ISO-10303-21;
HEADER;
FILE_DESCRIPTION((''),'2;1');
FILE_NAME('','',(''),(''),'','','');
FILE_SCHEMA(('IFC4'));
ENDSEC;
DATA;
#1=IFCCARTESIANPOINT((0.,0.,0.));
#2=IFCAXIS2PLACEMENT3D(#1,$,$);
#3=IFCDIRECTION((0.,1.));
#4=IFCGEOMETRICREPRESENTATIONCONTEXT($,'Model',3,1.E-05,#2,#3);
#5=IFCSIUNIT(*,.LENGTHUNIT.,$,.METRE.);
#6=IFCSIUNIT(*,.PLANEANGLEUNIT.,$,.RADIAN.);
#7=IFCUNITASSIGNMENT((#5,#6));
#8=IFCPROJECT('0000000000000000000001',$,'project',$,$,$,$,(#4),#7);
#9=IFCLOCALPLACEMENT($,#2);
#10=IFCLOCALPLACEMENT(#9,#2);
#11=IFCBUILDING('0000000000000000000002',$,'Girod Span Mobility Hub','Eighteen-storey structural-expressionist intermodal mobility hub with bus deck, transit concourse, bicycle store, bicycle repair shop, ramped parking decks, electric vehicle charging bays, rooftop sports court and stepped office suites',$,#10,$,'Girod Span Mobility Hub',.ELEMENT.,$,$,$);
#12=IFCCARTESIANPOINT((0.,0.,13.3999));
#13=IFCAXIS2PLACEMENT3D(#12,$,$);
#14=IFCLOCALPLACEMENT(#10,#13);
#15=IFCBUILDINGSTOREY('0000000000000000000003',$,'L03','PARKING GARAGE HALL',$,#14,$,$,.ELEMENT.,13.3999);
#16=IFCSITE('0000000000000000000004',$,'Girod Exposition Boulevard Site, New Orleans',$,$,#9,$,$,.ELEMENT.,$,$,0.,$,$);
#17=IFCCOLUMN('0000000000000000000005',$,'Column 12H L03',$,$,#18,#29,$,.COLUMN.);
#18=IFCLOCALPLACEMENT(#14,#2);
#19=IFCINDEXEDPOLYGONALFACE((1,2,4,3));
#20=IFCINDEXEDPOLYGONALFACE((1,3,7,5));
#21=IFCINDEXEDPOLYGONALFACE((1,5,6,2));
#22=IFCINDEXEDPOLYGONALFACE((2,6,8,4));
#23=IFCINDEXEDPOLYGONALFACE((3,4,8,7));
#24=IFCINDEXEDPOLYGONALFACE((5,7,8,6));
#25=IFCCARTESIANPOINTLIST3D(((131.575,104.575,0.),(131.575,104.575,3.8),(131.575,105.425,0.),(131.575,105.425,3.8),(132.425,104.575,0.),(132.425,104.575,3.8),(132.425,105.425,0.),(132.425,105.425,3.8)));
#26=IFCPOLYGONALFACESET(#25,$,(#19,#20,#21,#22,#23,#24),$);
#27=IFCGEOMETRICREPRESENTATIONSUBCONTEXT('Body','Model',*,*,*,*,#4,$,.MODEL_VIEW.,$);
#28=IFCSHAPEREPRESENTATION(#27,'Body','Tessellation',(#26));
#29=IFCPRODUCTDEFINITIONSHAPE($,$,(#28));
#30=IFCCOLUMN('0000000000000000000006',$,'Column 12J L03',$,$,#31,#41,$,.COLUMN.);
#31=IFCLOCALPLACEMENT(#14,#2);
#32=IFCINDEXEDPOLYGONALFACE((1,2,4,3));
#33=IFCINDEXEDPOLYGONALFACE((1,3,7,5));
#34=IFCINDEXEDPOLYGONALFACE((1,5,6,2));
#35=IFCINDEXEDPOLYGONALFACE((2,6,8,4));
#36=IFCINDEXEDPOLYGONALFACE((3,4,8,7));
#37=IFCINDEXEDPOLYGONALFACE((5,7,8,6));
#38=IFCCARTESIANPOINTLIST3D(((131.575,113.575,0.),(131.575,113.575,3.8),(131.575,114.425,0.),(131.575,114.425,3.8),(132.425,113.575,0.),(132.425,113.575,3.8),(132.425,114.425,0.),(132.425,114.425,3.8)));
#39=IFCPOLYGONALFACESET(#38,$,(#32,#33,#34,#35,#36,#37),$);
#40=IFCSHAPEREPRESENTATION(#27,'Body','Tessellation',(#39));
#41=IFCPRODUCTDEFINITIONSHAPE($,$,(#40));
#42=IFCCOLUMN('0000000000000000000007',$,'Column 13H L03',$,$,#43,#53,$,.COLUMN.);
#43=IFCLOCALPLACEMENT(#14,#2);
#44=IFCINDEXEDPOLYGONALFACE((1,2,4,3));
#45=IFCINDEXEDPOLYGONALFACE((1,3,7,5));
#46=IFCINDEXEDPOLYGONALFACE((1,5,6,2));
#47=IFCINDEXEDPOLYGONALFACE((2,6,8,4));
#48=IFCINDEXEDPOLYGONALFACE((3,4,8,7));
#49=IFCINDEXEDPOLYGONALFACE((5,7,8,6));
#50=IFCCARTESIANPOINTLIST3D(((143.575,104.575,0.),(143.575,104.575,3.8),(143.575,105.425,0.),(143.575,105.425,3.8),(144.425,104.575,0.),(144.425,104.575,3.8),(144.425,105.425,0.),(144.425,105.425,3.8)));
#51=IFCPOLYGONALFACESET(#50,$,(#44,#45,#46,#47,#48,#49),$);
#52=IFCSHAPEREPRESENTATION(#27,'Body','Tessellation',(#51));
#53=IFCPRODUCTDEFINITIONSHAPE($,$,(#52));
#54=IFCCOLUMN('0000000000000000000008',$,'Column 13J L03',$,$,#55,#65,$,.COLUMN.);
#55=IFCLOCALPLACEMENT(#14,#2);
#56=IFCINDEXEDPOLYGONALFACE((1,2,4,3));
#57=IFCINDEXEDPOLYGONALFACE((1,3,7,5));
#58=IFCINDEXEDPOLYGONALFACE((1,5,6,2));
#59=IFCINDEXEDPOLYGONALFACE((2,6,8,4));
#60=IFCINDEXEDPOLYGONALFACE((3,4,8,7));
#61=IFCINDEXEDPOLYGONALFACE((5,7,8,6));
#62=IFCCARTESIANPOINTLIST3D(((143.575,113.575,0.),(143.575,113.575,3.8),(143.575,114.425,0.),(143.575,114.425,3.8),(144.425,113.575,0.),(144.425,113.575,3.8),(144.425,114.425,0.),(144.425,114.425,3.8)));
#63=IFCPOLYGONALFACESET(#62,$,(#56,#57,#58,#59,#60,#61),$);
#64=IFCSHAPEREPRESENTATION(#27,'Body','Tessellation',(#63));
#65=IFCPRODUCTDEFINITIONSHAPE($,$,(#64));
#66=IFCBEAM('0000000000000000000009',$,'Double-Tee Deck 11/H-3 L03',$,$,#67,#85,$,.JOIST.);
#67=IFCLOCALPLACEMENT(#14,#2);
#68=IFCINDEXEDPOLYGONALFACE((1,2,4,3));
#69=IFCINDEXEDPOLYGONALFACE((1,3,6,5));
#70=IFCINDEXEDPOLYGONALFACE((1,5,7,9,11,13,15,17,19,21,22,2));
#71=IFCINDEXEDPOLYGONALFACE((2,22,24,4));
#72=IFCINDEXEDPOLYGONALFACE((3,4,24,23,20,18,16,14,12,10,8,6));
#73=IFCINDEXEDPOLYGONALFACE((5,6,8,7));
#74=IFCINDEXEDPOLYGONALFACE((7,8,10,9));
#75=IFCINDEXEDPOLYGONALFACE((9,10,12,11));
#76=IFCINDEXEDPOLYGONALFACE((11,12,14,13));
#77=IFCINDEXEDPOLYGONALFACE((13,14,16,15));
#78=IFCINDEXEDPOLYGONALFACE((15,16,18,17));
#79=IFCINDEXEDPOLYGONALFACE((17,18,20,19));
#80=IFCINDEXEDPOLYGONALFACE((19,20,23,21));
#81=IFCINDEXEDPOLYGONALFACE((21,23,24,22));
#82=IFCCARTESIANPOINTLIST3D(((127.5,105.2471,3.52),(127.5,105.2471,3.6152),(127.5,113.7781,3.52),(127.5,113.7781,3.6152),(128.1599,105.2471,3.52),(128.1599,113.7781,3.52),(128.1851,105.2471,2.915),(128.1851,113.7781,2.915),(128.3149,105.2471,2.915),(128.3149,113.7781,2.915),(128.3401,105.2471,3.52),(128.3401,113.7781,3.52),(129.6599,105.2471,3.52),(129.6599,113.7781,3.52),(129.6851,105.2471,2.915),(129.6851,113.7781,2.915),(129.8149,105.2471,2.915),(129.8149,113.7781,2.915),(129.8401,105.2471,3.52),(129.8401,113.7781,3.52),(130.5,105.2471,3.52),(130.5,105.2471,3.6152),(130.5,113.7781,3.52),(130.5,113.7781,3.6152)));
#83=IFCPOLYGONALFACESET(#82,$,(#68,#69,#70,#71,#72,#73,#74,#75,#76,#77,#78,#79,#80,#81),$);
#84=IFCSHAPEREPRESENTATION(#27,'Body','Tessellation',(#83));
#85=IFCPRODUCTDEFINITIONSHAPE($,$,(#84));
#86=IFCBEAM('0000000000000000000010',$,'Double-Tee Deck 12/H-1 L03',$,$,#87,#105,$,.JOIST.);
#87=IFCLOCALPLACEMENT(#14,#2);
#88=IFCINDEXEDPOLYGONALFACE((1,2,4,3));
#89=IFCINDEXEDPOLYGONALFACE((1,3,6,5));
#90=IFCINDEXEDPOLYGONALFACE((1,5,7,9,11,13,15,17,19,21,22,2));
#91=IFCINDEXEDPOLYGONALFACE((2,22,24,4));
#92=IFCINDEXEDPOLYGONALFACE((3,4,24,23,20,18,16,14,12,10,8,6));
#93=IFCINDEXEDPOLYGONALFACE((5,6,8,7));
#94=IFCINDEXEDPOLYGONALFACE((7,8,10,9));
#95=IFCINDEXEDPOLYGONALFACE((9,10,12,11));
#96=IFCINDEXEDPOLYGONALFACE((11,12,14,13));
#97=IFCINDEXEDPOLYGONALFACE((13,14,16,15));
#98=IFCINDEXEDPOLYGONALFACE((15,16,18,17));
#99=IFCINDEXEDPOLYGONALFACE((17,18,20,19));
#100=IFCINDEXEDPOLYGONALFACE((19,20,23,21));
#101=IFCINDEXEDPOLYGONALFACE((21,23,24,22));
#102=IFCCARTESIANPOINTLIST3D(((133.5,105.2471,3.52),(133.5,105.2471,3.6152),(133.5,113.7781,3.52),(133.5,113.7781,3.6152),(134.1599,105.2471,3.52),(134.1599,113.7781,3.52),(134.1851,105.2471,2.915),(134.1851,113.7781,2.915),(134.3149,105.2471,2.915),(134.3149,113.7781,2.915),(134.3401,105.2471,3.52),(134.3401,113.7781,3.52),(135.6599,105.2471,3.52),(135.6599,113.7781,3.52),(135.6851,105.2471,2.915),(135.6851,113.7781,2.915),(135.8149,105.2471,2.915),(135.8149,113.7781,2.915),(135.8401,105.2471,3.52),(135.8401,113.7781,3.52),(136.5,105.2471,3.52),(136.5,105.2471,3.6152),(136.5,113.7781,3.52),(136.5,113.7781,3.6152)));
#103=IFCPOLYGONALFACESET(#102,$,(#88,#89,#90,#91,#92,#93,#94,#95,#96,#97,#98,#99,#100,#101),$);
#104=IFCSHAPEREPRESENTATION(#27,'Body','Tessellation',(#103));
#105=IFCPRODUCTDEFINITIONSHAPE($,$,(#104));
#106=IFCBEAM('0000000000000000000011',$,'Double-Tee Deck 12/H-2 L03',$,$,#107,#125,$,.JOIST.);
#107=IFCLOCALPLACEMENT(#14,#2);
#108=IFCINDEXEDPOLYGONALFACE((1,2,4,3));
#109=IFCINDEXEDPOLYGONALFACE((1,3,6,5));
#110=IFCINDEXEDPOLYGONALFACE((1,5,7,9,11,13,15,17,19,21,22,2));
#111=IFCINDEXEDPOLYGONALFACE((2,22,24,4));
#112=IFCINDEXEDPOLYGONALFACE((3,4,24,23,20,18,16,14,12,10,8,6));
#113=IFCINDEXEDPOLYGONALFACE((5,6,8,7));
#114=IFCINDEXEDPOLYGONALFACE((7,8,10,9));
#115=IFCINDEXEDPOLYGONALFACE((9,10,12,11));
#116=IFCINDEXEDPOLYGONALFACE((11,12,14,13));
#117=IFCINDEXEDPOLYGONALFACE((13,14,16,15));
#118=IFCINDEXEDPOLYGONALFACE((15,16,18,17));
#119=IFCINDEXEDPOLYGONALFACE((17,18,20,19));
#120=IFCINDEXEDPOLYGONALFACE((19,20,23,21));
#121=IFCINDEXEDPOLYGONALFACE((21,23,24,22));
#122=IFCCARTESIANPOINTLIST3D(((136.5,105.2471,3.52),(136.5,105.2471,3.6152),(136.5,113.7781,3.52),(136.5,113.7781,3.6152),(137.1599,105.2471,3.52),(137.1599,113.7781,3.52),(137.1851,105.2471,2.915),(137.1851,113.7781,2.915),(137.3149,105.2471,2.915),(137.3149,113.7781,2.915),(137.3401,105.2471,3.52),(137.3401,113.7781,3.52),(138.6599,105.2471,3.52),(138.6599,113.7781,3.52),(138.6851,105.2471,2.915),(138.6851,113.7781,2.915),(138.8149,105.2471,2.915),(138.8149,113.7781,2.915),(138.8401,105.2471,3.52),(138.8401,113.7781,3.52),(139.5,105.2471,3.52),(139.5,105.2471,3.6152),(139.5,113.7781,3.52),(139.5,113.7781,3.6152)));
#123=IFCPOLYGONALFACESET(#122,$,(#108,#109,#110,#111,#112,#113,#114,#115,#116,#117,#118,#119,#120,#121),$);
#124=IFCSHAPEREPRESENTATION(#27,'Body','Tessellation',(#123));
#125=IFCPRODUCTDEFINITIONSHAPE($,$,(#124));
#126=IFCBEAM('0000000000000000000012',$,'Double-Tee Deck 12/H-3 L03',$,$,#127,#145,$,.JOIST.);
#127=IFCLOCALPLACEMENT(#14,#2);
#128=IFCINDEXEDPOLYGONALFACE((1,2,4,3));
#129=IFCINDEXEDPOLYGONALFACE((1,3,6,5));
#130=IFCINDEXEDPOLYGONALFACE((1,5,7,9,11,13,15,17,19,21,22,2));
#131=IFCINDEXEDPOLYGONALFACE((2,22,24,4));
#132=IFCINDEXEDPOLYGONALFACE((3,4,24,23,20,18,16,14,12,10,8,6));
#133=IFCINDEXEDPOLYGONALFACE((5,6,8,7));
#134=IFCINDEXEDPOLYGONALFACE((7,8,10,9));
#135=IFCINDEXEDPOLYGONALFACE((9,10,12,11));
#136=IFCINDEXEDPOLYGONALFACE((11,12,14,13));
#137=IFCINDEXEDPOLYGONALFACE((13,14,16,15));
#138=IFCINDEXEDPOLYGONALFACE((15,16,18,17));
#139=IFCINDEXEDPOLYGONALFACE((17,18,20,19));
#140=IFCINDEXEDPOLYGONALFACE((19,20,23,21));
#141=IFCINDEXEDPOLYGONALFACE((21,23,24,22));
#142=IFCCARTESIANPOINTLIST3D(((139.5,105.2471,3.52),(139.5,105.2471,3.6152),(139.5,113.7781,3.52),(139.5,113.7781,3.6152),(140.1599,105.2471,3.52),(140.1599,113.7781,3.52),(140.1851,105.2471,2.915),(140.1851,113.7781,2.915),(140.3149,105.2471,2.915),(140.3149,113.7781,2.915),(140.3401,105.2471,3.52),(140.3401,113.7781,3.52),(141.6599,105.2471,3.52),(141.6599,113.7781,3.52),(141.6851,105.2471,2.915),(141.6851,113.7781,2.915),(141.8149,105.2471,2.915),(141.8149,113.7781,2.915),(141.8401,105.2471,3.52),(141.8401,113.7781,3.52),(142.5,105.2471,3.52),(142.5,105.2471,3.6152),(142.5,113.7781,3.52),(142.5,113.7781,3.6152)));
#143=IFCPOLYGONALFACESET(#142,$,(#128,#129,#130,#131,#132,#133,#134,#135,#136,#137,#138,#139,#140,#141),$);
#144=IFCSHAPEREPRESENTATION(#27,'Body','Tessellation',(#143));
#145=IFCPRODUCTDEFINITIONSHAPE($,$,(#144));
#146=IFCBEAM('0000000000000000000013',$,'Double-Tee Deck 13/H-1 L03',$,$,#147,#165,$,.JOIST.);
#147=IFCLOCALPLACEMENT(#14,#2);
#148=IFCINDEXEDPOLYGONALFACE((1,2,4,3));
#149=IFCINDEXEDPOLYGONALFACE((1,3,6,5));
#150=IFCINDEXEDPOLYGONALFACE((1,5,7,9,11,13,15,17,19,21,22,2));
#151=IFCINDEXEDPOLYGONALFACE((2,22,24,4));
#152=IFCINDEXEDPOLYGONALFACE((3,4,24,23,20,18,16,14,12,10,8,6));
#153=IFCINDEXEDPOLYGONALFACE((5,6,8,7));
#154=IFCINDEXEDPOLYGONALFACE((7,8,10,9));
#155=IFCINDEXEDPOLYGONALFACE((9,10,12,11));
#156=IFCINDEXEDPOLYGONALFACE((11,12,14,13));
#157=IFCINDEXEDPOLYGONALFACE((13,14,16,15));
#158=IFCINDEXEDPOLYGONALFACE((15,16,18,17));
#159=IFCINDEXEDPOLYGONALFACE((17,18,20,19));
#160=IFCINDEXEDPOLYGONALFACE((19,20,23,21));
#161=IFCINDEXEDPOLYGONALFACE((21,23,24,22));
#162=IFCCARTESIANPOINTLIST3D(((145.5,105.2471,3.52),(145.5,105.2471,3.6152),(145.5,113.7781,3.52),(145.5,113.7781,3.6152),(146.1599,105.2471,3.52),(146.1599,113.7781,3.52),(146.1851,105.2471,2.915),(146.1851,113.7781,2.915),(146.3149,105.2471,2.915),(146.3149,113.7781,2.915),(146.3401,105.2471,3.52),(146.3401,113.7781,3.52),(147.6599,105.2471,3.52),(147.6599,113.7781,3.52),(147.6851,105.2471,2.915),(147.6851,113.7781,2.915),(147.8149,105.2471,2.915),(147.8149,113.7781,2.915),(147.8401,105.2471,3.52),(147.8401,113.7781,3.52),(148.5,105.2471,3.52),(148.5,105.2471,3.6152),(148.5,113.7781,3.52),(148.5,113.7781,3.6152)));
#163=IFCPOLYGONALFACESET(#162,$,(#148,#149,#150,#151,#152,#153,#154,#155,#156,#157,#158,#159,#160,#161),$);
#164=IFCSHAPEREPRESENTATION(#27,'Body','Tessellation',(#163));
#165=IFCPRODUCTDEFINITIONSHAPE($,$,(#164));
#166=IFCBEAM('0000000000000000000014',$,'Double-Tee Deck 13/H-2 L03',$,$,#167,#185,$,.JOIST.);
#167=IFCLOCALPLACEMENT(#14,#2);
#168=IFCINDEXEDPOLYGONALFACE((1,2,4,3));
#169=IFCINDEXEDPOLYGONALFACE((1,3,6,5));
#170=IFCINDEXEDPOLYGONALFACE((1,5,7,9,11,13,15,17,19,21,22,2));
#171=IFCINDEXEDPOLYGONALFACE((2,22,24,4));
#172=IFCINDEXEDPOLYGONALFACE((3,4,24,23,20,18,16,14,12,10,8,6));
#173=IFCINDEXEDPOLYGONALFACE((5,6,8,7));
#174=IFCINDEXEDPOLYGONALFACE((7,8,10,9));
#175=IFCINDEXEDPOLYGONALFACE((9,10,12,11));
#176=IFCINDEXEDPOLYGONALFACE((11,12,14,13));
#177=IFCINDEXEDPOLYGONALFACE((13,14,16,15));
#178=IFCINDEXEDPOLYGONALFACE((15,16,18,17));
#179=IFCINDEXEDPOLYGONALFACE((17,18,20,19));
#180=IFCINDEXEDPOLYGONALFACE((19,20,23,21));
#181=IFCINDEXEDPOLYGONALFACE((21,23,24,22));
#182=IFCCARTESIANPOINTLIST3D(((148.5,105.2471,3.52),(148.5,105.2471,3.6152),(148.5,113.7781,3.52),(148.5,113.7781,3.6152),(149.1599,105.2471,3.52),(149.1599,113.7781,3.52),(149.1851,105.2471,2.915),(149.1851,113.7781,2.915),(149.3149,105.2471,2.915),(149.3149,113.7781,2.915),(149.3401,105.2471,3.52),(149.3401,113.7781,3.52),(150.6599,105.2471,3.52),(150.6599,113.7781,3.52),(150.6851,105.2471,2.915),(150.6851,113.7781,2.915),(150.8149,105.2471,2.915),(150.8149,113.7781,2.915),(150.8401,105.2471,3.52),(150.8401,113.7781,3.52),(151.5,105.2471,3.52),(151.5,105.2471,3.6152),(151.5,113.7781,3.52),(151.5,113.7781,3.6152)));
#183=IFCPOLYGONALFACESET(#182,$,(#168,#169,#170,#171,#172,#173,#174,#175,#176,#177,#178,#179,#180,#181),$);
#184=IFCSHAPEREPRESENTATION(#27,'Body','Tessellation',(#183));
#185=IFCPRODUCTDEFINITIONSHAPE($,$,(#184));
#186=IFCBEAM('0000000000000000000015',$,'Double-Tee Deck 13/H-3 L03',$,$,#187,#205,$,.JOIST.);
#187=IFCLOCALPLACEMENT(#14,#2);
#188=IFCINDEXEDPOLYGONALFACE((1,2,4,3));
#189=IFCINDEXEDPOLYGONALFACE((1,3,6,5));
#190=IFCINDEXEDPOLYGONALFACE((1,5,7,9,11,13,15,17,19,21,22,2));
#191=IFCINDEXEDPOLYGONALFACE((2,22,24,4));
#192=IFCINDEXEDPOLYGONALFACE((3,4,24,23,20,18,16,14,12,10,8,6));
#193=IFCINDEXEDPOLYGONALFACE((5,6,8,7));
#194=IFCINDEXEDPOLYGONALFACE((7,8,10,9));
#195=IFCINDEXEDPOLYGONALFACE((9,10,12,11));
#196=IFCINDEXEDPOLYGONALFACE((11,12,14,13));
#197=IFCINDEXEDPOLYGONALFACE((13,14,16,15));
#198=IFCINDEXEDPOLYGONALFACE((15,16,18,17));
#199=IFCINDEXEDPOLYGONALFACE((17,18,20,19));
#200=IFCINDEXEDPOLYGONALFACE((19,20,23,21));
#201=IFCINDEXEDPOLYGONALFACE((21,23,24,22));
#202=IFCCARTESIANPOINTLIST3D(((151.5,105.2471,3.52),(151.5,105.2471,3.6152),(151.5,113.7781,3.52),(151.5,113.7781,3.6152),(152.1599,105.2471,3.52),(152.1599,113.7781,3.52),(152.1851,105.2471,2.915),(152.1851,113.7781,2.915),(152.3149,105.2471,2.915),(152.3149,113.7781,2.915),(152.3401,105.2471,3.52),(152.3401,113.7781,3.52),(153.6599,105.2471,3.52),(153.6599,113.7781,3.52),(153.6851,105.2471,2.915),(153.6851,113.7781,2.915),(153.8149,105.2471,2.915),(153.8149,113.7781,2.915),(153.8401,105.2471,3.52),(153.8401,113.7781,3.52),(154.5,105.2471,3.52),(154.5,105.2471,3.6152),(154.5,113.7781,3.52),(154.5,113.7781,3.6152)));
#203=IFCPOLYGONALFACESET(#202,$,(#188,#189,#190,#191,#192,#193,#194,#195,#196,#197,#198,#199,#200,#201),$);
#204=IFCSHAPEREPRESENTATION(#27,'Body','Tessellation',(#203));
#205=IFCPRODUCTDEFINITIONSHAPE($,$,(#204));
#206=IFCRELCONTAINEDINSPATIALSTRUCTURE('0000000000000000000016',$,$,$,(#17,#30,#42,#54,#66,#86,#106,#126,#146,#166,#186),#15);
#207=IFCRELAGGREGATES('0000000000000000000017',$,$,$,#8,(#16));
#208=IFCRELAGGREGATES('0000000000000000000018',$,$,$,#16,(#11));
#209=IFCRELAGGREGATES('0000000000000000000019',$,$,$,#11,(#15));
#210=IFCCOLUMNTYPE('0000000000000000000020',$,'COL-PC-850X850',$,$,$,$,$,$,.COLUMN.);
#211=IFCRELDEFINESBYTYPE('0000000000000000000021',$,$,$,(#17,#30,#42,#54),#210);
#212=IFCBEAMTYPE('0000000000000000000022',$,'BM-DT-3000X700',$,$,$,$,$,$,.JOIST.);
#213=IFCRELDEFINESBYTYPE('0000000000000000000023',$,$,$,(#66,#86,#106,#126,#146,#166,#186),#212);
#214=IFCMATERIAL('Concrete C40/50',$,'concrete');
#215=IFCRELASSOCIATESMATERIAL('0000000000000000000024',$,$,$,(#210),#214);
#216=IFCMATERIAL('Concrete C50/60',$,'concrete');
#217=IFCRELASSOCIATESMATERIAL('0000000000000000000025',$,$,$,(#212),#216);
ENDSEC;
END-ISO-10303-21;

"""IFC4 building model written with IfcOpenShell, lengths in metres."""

from ifc_helpers import new_model, si_unit, direction, frame, origin, origin_2d, place, context, subcontext, project, spatial, polyline, rectangle, outline, extrude, material, material_profile, profile_set, type_object, element, save


model = new_model("IFC4")

# Units and contexts
model_context = context("Model", 3, precision=1e-05, world=origin(), true_north=direction((0.0, 1.0)))
body_context = subcontext(model_context, "Body", "Model", "MODEL_VIEW")
ifc_project = project(units=[si_unit("LENGTHUNIT", "METRE"), si_unit("PLANEANGLEUNIT", "RADIAN")], contexts=[model_context])

# Site, building, storey
site_placement = place(None, origin())
site = spatial("IfcSite", under=ifc_project, at=site_placement, Name="Girod Exposition Boulevard Site, New Orleans", CompositionType="ELEMENT", RefElevation=0.0)
building_placement = place(site_placement, origin())
building = spatial("IfcBuilding", under=site, at=building_placement, Name="Girod Span Mobility Hub", Description="Eighteen-storey structural-expressionist intermodal mobility hub with bus deck, transit concourse, bicycle store, bicycle repair shop, ramped parking decks, electric vehicle charging bays, rooftop sports court and stepped office suites", LongName="Girod Span Mobility Hub", CompositionType="ELEMENT")
storey_placement = place(building_placement, frame((0.0, 0.0, 13.3999)))
storey = spatial("IfcBuildingStorey", under=building, at=storey_placement, Name="L03", Description="PARKING GARAGE HALL", CompositionType="ELEMENT", Elevation=13.3999)

# Columns
ifc_material_1 = material(Name="Concrete C40/50", Category="concrete")
ifc_material_profile_1 = material_profile(ifc_material_1, rectangle(XDim=0.8501, YDim=0.8501, at=origin_2d()), Name="PC-COL-850X850")
ifc_profile_set_1 = profile_set([ifc_material_profile_1], Name="Concrete C40/50")
column_type = type_object("IfcColumnType", Name="COL-PC-850X850", PredefinedType="COLUMN", material=ifc_profile_set_1)
for number, where, z_axis, x_axis, name in (
    (1, (132.0, 105.0, 0.0), (0.0, 0.0, 1.0), (1.0, 0.0, 0.0), "Column 12H L03"),
    (2, (132.0, 114.0, 0.0), (0.0, 0.0, 1.0), (1.0, 0.0, 0.0), "Column 12J L03"),
    (3, (144.0, 105.0, 0.0), (0.0, 0.0, 1.0), (1.0, 0.0, 0.0), "Column 13H L03"),
    (4, (144.0, 114.0, 0.0), (0.0, 0.0, 1.0), (1.0, 0.0, 0.0), "Column 13J L03"),
):
    element("IfcColumn", number, at=place(storey_placement, frame(where, z_axis=z_axis, x_axis=x_axis)), inside=storey, type_object=column_type, Name=name, PredefinedType="COLUMN", context=body_context, shape_type="SweptSolid", body=[
        extrude(rectangle(XDim=0.8501, YDim=0.8501, at=origin_2d()), origin(), (0.0, 0.0, 1.0), 3.8),
    ])

# Beams
ifc_material_2 = material(Name="Concrete C50/60", Category="concrete")
ifc_material_profile_2 = material_profile(ifc_material_2, outline(polyline([(-1.5, 0.3501), (-1.5, 0.2549), (-0.8401, 0.2549), (-0.8149, -0.3501), (-0.6851, -0.3501), (-0.6599, 0.2549), (0.6599, 0.2549), (0.6851, -0.3501), (0.8149, -0.3501), (0.8401, 0.2549), (1.5, 0.2549), (1.5, 0.3501), (-1.5, 0.3501)])), Name="DT-3000X700")
ifc_profile_set_2 = profile_set([ifc_material_profile_2], Name="Concrete C50/60")
beam_type_1 = type_object("IfcBeamType", Name="BM-DT-3000X700", PredefinedType="JOIST", material=ifc_profile_set_2)
for number, where, z_axis, x_axis, name in (
    (5, (129.0, 105.2471, 3.2651), (0.0, 1.0, 0.0), (-1.0, 0.0, 0.0), "Double-Tee Deck 11/H-3 L03"),
    (6, (135.0, 105.2471, 3.2651), (0.0, 1.0, 0.0), (-1.0, 0.0, 0.0), "Double-Tee Deck 12/H-1 L03"),
    (7, (138.0, 105.2471, 3.2651), (0.0, 1.0, 0.0), (-1.0, 0.0, 0.0), "Double-Tee Deck 12/H-2 L03"),
    (8, (141.0, 105.2471, 3.2651), (0.0, 1.0, 0.0), (-1.0, 0.0, 0.0), "Double-Tee Deck 12/H-3 L03"),
    (9, (147.0, 105.2471, 3.2651), (0.0, 1.0, 0.0), (-1.0, 0.0, 0.0), "Double-Tee Deck 13/H-1 L03"),
    (10, (150.0, 105.2471, 3.2651), (0.0, 1.0, 0.0), (-1.0, 0.0, 0.0), "Double-Tee Deck 13/H-2 L03"),
    (11, (153.0, 105.2471, 3.2651), (0.0, 1.0, 0.0), (-1.0, 0.0, 0.0), "Double-Tee Deck 13/H-3 L03"),
):
    element("IfcBeam", number, at=place(storey_placement, frame(where, z_axis=z_axis, x_axis=x_axis)), inside=storey, type_object=beam_type_1, Name=name, PredefinedType="JOIST", context=body_context, shape_type="SweptSolid", body=[
        extrude(outline(polyline([(-1.5, 0.3501), (-1.5, 0.2549), (-0.8401, 0.2549), (-0.8149, -0.3501), (-0.6851, -0.3501), (-0.6599, 0.2549), (0.6599, 0.2549), (0.6851, -0.3501), (0.8149, -0.3501), (0.8401, 0.2549), (1.5, 0.2549), (1.5, 0.3501), (-1.5, 0.3501)])), origin(), (0.0, 0.0, 1.0), 8.531),
    ])

save(model, "model.ifc")
